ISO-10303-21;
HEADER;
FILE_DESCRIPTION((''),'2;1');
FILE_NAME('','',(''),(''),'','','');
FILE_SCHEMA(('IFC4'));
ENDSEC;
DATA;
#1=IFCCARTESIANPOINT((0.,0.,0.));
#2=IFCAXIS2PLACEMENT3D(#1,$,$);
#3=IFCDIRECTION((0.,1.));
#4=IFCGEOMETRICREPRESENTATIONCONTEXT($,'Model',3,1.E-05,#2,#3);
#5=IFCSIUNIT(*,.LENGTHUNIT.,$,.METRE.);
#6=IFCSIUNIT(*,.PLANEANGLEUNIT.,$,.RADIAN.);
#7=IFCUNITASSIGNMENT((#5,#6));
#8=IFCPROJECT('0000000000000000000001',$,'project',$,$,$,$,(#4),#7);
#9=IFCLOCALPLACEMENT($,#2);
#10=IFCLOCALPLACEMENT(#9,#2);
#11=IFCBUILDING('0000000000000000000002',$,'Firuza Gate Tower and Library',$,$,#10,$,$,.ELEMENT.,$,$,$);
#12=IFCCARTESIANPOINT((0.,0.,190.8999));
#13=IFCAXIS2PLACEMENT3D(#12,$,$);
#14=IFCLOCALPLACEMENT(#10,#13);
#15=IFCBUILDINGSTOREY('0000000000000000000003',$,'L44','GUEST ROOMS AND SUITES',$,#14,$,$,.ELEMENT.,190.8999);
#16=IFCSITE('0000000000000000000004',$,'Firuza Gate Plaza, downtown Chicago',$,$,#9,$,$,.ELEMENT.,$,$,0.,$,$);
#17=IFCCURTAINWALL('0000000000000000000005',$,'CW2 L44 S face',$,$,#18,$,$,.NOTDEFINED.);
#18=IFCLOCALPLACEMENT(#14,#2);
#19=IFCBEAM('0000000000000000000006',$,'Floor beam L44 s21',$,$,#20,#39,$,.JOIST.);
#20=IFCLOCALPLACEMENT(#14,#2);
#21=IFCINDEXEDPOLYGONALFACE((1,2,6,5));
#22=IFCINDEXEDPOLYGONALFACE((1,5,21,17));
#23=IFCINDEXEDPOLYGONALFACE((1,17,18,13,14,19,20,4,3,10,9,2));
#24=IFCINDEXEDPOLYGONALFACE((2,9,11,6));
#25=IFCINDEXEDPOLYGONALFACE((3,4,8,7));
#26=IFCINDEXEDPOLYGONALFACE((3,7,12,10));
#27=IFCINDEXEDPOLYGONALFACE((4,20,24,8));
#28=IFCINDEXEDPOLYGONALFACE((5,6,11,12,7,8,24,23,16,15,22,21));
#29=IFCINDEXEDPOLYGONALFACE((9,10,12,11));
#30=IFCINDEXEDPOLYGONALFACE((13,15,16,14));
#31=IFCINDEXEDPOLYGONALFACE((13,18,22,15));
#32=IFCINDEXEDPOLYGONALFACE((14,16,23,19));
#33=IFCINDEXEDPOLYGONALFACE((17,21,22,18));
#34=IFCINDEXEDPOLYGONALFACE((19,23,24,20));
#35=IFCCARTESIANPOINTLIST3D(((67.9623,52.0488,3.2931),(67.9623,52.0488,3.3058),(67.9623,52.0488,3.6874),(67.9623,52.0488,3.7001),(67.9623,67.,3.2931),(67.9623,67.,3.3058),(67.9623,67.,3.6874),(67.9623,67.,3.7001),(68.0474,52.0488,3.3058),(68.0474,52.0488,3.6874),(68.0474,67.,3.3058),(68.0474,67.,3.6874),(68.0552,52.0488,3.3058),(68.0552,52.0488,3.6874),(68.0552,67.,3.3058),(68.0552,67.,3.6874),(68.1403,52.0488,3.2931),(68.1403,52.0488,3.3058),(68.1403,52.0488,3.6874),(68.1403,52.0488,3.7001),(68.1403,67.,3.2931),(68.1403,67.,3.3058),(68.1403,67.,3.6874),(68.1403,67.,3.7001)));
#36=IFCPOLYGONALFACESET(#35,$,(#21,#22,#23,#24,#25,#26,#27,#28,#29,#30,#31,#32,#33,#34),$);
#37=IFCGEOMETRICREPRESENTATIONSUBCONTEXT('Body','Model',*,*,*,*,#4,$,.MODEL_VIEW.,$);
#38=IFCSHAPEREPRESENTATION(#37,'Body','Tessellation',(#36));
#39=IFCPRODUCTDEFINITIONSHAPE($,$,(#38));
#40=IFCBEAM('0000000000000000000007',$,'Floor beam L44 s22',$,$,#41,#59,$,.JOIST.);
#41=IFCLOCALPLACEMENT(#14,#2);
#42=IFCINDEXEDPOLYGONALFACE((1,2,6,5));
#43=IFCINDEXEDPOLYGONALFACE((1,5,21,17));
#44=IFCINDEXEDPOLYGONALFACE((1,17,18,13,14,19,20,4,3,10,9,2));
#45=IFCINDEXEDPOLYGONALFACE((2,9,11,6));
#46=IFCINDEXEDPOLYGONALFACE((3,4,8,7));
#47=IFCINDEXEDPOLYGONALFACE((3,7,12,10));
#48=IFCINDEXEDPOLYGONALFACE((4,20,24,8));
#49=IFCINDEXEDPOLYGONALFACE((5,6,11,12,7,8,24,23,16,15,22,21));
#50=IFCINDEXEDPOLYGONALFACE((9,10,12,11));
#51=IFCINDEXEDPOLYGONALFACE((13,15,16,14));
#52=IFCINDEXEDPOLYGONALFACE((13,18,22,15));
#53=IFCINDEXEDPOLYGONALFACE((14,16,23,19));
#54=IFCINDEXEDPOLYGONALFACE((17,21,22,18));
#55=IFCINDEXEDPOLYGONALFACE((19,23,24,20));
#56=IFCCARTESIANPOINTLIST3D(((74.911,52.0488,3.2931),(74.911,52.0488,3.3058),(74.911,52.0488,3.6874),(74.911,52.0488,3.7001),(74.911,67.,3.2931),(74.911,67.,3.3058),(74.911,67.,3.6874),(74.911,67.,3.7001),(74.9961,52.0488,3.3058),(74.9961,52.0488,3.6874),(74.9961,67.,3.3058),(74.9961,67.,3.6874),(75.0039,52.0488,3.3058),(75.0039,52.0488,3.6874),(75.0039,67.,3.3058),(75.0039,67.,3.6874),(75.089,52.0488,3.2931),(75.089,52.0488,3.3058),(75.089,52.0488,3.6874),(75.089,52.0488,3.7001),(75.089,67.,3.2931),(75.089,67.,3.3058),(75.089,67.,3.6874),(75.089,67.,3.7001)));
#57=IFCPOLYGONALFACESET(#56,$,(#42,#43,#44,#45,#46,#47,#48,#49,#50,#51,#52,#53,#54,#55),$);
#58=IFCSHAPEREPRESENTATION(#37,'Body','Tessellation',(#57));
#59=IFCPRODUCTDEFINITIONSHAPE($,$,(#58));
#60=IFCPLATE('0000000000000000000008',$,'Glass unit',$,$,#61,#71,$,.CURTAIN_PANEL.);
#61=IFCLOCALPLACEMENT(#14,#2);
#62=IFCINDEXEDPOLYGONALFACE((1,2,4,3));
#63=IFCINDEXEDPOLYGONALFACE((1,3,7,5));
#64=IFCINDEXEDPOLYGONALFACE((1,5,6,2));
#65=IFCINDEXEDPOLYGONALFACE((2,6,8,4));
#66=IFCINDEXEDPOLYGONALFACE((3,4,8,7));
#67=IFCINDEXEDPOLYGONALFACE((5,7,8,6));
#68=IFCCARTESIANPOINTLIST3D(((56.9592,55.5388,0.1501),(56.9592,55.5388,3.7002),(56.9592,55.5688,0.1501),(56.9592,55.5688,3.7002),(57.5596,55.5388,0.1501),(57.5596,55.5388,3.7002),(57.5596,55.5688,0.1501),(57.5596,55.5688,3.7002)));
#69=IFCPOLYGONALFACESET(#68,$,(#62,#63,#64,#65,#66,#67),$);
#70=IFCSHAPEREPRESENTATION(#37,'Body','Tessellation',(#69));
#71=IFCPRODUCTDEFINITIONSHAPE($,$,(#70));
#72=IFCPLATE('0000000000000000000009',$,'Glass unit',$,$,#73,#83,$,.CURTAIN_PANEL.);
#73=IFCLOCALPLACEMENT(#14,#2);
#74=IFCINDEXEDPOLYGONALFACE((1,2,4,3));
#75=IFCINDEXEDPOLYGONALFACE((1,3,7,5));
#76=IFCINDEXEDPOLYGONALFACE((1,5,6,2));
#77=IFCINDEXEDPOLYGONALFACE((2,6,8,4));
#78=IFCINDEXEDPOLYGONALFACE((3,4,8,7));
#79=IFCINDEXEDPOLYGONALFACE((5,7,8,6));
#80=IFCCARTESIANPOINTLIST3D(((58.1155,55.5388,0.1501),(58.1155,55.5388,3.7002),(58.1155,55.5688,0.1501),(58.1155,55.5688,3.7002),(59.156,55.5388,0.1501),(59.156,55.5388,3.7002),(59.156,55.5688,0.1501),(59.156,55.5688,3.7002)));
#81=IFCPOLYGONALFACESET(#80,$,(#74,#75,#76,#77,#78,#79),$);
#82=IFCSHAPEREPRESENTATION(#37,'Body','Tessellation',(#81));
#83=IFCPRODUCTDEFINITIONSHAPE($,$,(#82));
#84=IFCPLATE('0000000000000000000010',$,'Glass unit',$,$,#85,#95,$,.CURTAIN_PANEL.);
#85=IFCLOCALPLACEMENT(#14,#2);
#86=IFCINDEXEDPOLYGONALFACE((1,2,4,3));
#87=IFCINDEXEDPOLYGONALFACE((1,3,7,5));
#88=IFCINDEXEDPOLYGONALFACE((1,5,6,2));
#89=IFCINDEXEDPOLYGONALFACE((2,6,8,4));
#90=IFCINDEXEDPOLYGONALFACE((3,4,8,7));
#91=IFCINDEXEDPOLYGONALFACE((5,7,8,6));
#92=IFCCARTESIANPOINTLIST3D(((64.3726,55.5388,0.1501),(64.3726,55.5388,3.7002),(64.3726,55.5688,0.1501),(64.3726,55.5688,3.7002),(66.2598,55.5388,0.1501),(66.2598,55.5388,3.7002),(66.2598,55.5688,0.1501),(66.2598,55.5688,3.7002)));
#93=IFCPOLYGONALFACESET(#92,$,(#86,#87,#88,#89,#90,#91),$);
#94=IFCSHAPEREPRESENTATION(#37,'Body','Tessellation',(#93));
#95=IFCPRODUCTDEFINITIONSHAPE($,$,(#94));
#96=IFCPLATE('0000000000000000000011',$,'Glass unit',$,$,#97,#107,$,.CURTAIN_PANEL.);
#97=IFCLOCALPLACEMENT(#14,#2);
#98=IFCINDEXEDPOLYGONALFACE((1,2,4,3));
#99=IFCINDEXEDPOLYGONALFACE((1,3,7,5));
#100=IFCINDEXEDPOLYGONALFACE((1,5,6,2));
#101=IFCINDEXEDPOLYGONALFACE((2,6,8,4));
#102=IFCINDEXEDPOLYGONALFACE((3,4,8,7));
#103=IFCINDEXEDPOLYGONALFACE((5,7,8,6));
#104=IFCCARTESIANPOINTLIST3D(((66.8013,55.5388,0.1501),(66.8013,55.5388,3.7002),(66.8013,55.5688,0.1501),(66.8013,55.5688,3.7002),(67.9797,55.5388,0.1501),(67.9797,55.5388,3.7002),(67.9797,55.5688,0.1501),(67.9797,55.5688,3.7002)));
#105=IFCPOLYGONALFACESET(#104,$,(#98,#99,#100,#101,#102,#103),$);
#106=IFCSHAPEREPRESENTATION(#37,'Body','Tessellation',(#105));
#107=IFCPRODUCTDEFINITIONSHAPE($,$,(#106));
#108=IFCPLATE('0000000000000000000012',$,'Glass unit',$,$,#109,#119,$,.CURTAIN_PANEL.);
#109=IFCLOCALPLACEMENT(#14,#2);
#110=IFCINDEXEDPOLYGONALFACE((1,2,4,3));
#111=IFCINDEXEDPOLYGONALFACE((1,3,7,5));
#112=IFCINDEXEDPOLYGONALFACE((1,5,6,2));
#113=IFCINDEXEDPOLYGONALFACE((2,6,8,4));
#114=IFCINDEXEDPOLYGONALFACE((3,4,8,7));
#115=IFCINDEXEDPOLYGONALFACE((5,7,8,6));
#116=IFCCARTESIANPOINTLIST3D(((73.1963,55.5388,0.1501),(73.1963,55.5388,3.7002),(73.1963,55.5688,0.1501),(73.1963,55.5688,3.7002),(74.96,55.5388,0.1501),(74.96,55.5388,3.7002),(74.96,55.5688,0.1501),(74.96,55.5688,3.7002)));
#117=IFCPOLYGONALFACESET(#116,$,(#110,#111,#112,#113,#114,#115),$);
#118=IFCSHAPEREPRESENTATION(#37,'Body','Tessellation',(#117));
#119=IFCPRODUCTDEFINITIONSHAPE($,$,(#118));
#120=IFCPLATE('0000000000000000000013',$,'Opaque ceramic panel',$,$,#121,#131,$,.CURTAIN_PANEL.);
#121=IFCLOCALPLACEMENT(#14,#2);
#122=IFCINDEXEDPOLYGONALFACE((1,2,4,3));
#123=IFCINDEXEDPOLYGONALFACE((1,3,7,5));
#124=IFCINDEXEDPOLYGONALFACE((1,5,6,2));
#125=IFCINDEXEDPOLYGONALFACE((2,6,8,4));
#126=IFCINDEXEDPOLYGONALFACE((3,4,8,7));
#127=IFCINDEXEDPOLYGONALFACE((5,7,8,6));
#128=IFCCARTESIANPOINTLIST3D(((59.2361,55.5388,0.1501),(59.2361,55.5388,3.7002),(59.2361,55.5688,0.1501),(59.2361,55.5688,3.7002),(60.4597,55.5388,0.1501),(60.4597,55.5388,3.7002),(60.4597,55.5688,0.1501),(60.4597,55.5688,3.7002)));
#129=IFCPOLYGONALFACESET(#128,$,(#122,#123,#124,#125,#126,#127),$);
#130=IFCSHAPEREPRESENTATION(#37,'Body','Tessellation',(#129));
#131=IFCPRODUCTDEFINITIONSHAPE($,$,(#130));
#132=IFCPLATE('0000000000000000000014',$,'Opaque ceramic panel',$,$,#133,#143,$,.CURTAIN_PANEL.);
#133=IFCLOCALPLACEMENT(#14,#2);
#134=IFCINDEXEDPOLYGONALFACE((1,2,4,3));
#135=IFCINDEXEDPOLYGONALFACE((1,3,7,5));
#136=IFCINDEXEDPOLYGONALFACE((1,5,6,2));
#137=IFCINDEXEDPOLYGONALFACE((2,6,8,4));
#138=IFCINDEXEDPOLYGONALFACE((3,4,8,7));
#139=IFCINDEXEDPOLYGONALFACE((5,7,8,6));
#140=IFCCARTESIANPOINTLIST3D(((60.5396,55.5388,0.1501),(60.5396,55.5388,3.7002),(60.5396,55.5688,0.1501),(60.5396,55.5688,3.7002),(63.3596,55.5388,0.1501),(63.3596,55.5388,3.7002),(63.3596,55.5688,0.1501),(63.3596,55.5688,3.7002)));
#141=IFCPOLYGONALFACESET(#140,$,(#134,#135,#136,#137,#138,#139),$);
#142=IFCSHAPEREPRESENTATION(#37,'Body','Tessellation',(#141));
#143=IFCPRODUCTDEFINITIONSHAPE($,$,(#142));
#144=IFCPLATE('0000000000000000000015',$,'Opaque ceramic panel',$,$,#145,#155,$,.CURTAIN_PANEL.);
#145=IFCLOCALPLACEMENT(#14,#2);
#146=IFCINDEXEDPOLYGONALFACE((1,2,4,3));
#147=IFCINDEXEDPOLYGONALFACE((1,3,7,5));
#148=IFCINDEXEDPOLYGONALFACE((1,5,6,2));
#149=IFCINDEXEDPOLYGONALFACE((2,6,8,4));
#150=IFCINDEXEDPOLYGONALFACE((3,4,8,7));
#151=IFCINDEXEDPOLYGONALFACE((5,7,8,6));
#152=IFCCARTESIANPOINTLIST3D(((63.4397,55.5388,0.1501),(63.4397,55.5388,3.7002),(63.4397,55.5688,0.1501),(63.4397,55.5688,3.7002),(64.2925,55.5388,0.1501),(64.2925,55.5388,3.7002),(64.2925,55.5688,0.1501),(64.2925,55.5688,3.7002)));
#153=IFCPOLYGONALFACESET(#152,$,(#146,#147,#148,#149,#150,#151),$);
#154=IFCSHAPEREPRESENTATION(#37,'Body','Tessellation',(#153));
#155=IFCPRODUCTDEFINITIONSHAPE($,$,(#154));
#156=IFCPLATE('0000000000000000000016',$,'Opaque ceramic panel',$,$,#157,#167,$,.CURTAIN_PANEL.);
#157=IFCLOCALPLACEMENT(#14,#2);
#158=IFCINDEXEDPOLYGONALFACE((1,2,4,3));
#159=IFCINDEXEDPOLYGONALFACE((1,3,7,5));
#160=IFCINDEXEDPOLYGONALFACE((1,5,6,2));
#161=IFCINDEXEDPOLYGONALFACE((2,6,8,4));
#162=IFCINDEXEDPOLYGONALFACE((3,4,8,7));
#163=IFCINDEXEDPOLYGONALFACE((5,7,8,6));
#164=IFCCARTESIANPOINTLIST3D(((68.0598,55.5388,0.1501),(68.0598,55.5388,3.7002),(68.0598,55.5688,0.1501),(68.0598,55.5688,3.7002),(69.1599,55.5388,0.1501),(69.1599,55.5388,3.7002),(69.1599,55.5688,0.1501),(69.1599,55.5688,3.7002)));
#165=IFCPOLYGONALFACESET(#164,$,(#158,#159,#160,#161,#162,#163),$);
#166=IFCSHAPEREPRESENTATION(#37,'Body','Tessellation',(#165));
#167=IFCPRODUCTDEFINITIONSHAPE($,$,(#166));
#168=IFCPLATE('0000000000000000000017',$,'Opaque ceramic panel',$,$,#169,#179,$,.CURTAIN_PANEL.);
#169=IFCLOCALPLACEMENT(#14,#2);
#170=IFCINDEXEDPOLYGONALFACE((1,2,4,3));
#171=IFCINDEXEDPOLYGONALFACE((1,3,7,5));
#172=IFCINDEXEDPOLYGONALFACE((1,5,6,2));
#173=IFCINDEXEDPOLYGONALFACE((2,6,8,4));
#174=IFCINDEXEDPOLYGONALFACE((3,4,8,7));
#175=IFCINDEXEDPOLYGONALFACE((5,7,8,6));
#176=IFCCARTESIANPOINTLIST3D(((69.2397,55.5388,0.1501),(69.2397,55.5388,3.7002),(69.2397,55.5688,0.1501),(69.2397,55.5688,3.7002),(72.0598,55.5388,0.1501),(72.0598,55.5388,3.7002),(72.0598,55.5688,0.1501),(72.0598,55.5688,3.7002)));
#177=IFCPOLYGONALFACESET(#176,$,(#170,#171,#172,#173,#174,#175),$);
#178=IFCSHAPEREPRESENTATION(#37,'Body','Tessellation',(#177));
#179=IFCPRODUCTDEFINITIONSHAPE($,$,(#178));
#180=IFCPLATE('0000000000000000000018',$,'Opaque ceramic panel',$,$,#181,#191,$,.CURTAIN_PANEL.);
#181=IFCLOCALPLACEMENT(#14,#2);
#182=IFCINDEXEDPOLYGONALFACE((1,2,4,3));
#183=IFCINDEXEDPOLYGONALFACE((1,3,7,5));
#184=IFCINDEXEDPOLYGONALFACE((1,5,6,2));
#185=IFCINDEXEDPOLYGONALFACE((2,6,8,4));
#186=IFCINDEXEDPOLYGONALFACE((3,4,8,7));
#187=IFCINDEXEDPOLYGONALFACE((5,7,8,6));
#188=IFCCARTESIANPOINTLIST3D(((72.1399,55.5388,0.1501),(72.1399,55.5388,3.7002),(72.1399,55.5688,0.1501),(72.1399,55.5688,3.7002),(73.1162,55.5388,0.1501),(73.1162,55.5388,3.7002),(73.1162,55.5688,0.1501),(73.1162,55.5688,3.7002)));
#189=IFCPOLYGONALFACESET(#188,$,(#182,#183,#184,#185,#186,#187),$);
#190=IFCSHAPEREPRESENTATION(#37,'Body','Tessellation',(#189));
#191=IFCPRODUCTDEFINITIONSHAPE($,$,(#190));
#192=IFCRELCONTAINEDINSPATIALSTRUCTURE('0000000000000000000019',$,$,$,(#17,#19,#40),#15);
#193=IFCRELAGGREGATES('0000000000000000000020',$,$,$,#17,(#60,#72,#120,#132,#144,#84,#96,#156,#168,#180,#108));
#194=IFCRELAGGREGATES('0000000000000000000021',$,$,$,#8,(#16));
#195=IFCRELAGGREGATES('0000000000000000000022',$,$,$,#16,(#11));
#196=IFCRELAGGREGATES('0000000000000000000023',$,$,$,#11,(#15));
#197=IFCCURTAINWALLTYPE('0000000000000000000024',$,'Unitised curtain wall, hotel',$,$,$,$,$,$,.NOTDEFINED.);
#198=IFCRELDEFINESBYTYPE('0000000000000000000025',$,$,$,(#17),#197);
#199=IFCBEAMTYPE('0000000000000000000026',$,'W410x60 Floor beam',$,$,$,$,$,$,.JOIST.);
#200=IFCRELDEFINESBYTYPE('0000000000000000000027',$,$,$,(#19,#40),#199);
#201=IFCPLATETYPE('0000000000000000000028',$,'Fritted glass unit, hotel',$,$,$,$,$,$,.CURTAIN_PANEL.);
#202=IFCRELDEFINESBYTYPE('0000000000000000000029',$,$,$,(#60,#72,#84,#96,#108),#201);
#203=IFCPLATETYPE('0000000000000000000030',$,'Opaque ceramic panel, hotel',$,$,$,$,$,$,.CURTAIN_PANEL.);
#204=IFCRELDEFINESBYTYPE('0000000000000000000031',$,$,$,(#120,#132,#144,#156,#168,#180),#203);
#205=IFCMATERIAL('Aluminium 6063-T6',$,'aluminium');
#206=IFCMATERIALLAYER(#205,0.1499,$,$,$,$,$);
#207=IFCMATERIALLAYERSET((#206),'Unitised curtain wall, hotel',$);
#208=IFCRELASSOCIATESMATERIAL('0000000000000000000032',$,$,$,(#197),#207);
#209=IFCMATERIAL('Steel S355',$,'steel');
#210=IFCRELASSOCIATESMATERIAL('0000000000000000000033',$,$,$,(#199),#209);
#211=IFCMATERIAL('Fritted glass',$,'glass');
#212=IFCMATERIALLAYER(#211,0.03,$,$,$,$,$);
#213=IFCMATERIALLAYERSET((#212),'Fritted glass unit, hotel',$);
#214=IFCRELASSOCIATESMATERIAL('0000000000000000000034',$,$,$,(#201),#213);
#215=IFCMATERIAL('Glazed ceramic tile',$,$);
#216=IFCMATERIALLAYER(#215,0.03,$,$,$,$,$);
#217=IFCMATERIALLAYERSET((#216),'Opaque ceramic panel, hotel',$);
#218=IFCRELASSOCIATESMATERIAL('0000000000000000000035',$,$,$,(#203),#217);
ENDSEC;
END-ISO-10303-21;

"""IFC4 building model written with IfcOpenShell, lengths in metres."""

from ifc_helpers import new_model, si_unit, direction, frame, origin, origin_2d, place, context, subcontext, project, spatial, polyline, i_section, outline, extrude, material, layer, layer_set, material_profile, profile_set, type_object, element, aggregate, save


model = new_model("IFC4")

# Units and contexts
model_context = context("Model", 3, precision=1e-05, world=origin(), true_north=direction((0.0, 1.0)))
body_context = subcontext(model_context, "Body", "Model", "MODEL_VIEW")
ifc_project = project(units=[si_unit("LENGTHUNIT", "METRE"), si_unit("PLANEANGLEUNIT", "RADIAN")], contexts=[model_context])

# Site, building, storey
site_placement = place(None, origin())
site = spatial("IfcSite", under=ifc_project, at=site_placement, Name="Firuza Gate Plaza, downtown Chicago", CompositionType="ELEMENT", RefElevation=0.0)
building_placement = place(site_placement, origin())
building = spatial("IfcBuilding", under=site, at=building_placement, Name="Firuza Gate Tower and Library", CompositionType="ELEMENT")
storey_placement = place(building_placement, frame((0.0, 0.0, 190.8999)))
storey = spatial("IfcBuildingStorey", under=building, at=storey_placement, Name="L44", Description="GUEST ROOMS AND SUITES", CompositionType="ELEMENT", Elevation=190.8999)

# Curtain wall
ifc_material_1 = material(Name="Aluminium 6063-T6", Category="aluminium")
ifc_layer_1 = layer(ifc_material_1, 0.1499)
ifc_layer_set_1 = layer_set([ifc_layer_1], Name="Unitised curtain wall, hotel")
curtain_wall_type = type_object("IfcCurtainWallType", Name="Unitised curtain wall, hotel", PredefinedType="NOTDEFINED", material=ifc_layer_set_1)
curtain_wall_placement = place(storey_placement, origin())
curtain_wall = element("IfcCurtainWall", 1, at=curtain_wall_placement, inside=storey, type_object=curtain_wall_type, Name="CW2 L44 S face", PredefinedType="NOTDEFINED")

# Beams
ifc_material_2 = material(Name="Steel S355", Category="steel")
ifc_material_profile_1 = material_profile(ifc_material_2, i_section(OverallWidth=0.178, OverallDepth=0.407, WebThickness=0.0078, FlangeThickness=0.0127, at=origin_2d()))
ifc_profile_set_1 = profile_set([ifc_material_profile_1], Name="Steel S355")
beam_type_1 = type_object("IfcBeamType", Name="W410x60 Floor beam", PredefinedType="JOIST", material=ifc_profile_set_1)
for number, where, z_axis, x_axis, name in (
    (2, (68.0513, 52.0488, 3.4966), (0.0, 1.0, 0.0), (-1.0, 0.0, 0.0), "Floor beam L44 s21"),
    (3, (75.0, 52.0488, 3.4966), (0.0, 1.0, 0.0), (-1.0, 0.0, 0.0), "Floor beam L44 s22"),
):
    element("IfcBeam", number, at=place(storey_placement, frame(where, z_axis=z_axis, x_axis=x_axis)), inside=storey, type_object=beam_type_1, Name=name, PredefinedType="JOIST", context=body_context, shape_type="SweptSolid", body=[
        extrude(i_section(OverallWidth=0.178, OverallDepth=0.407, WebThickness=0.0078, FlangeThickness=0.0127, at=origin_2d()), origin(), (0.0, 0.0, 1.0), 14.9512),
    ])

# Plates
ifc_material_3 = material(Name="Fritted glass", Category="glass")
ifc_layer_2 = layer(ifc_material_3, 0.03)
ifc_layer_set_2 = layer_set([ifc_layer_2], Name="Fritted glass unit, hotel")
plate_type_1 = type_object("IfcPlateType", Name="Fritted glass unit, hotel", PredefinedType="CURTAIN_PANEL", material=ifc_layer_set_2)
plate_1_placement = place(storey_placement, frame((56.9592, 55.5388, 0.1501), z_axis=(0.0, -1.0, 0.0), x_axis=(1.0, 0.0, 0.0)))
plate_1 = element("IfcPlate", 4, at=plate_1_placement, type_object=plate_type_1, Name="Glass unit", PredefinedType="CURTAIN_PANEL", context=body_context, shape_type="SweptSolid", body=[
    extrude(outline(polyline([(0.0, 0.0), (0.6003, 0.0), (0.6003, 3.55), (0.0, 3.55), (0.0, 0.0)])), origin(), (0.0, 0.0, -1.0), 0.03),
])
plate_2_placement = place(storey_placement, frame((58.1155, 55.5388, 0.1501), z_axis=(0.0, -1.0, 0.0), x_axis=(1.0, 0.0, 0.0)))
plate_2 = element("IfcPlate", 5, at=plate_2_placement, type_object=plate_type_1, Name="Glass unit", PredefinedType="CURTAIN_PANEL", context=body_context, shape_type="SweptSolid", body=[
    extrude(outline(polyline([(0.0, 0.0), (1.0405, 0.0), (1.0405, 3.55), (0.0, 3.55), (0.0, 0.0)])), origin(), (0.0, 0.0, -1.0), 0.03),
])
plate_3_placement = place(storey_placement, frame((64.3726, 55.5388, 0.1501), z_axis=(0.0, -1.0, 0.0), x_axis=(1.0, 0.0, 0.0)))
plate_3 = element("IfcPlate", 6, at=plate_3_placement, type_object=plate_type_1, Name="Glass unit", PredefinedType="CURTAIN_PANEL", context=body_context, shape_type="SweptSolid", body=[
    extrude(outline(polyline([(0.0, 0.0), (1.8872, 0.0), (1.8872, 3.55), (0.0, 3.55), (0.0, 0.0)])), origin(), (0.0, 0.0, -1.0), 0.03),
])
plate_4_placement = place(storey_placement, frame((66.8013, 55.5388, 0.1501), z_axis=(0.0, -1.0, 0.0), x_axis=(1.0, 0.0, 0.0)))
plate_4 = element("IfcPlate", 7, at=plate_4_placement, type_object=plate_type_1, Name="Glass unit", PredefinedType="CURTAIN_PANEL", context=body_context, shape_type="SweptSolid", body=[
    extrude(outline(polyline([(0.0, 0.0), (1.1785, 0.0), (1.1785, 3.55), (0.0, 3.55), (0.0, 0.0)])), origin(), (0.0, 0.0, -1.0), 0.03),
])
plate_5_placement = place(storey_placement, frame((73.1963, 55.5388, 0.1501), z_axis=(0.0, -1.0, 0.0), x_axis=(1.0, 0.0, 0.0)))
plate_5 = element("IfcPlate", 8, at=plate_5_placement, type_object=plate_type_1, Name="Glass unit", PredefinedType="CURTAIN_PANEL", context=body_context, shape_type="SweptSolid", body=[
    extrude(outline(polyline([(0.0, 0.0), (1.7637, 0.0), (1.7637, 3.55), (0.0, 3.55), (0.0, 0.0)])), origin(), (0.0, 0.0, -1.0), 0.03),
])
ifc_material_4 = material(Name="Glazed ceramic tile")
ifc_layer_3 = layer(ifc_material_4, 0.03)
ifc_layer_set_3 = layer_set([ifc_layer_3], Name="Opaque ceramic panel, hotel")
plate_type_2 = type_object("IfcPlateType", Name="Opaque ceramic panel, hotel", PredefinedType="CURTAIN_PANEL", material=ifc_layer_set_3)
plate_6_placement = place(storey_placement, frame((59.2361, 55.5388, 0.1501), z_axis=(0.0, -1.0, 0.0), x_axis=(1.0, 0.0, 0.0)))
plate_6 = element("IfcPlate", 9, at=plate_6_placement, type_object=plate_type_2, Name="Opaque ceramic panel", PredefinedType="CURTAIN_PANEL", context=body_context, shape_type="SweptSolid", body=[
    extrude(outline(polyline([(0.0, 0.0), (1.2236, 0.0), (1.2236, 3.55), (0.0, 3.55), (0.0, 0.0)])), origin(), (0.0, 0.0, -1.0), 0.03),
])
plate_7_placement = place(storey_placement, frame((60.5396, 55.5388, 0.1501), z_axis=(0.0, -1.0, 0.0), x_axis=(1.0, 0.0, 0.0)))
plate_7 = element("IfcPlate", 10, at=plate_7_placement, type_object=plate_type_2, Name="Opaque ceramic panel", PredefinedType="CURTAIN_PANEL", context=body_context, shape_type="SweptSolid", body=[
    extrude(outline(polyline([(0.0, 0.0), (2.8201, 0.0), (2.8201, 3.55), (0.0, 3.55), (0.0, 0.0)])), origin(), (0.0, 0.0, -1.0), 0.03),
])
plate_8_placement = place(storey_placement, frame((63.4397, 55.5388, 0.1501), z_axis=(0.0, -1.0, 0.0), x_axis=(1.0, 0.0, 0.0)))
plate_8 = element("IfcPlate", 11, at=plate_8_placement, type_object=plate_type_2, Name="Opaque ceramic panel", PredefinedType="CURTAIN_PANEL", context=body_context, shape_type="SweptSolid", body=[
    extrude(outline(polyline([(0.0, 0.0), (0.8528, 0.0), (0.8528, 3.55), (0.0, 3.55), (0.0, 0.0)])), origin(), (0.0, 0.0, -1.0), 0.03),
])
plate_9_placement = place(storey_placement, frame((68.0598, 55.5388, 0.1501), z_axis=(0.0, -1.0, 0.0), x_axis=(1.0, 0.0, 0.0)))
plate_9 = element("IfcPlate", 12, at=plate_9_placement, type_object=plate_type_2, Name="Opaque ceramic panel", PredefinedType="CURTAIN_PANEL", context=body_context, shape_type="SweptSolid", body=[
    extrude(outline(polyline([(0.0, 0.0), (1.1001, 0.0), (1.1001, 3.55), (0.0, 3.55), (0.0, 0.0)])), origin(), (0.0, 0.0, -1.0), 0.03),
])
plate_10_placement = place(storey_placement, frame((69.2397, 55.5388, 0.1501), z_axis=(0.0, -1.0, 0.0), x_axis=(1.0, 0.0, 0.0)))
plate_10 = element("IfcPlate", 13, at=plate_10_placement, type_object=plate_type_2, Name="Opaque ceramic panel", PredefinedType="CURTAIN_PANEL", context=body_context, shape_type="SweptSolid", body=[
    extrude(outline(polyline([(0.0, 0.0), (2.8201, 0.0), (2.8201, 3.55), (0.0, 3.55), (0.0, 0.0)])), origin(), (0.0, 0.0, -1.0), 0.03),
])
plate_11_placement = place(storey_placement, frame((72.1399, 55.5388, 0.1501), z_axis=(0.0, -1.0, 0.0), x_axis=(1.0, 0.0, 0.0)))
plate_11 = element("IfcPlate", 14, at=plate_11_placement, type_object=plate_type_2, Name="Opaque ceramic panel", PredefinedType="CURTAIN_PANEL", context=body_context, shape_type="SweptSolid", body=[
    extrude(outline(polyline([(0.0, 0.0), (0.9763, 0.0), (0.9763, 3.55), (0.0, 3.55), (0.0, 0.0)])), origin(), (0.0, 0.0, -1.0), 0.03),
])
aggregate(curtain_wall, [plate_1, plate_2, plate_6, plate_7, plate_8, plate_3, plate_4, plate_9, plate_10, plate_11, plate_5])

save(model, "model.ifc")
